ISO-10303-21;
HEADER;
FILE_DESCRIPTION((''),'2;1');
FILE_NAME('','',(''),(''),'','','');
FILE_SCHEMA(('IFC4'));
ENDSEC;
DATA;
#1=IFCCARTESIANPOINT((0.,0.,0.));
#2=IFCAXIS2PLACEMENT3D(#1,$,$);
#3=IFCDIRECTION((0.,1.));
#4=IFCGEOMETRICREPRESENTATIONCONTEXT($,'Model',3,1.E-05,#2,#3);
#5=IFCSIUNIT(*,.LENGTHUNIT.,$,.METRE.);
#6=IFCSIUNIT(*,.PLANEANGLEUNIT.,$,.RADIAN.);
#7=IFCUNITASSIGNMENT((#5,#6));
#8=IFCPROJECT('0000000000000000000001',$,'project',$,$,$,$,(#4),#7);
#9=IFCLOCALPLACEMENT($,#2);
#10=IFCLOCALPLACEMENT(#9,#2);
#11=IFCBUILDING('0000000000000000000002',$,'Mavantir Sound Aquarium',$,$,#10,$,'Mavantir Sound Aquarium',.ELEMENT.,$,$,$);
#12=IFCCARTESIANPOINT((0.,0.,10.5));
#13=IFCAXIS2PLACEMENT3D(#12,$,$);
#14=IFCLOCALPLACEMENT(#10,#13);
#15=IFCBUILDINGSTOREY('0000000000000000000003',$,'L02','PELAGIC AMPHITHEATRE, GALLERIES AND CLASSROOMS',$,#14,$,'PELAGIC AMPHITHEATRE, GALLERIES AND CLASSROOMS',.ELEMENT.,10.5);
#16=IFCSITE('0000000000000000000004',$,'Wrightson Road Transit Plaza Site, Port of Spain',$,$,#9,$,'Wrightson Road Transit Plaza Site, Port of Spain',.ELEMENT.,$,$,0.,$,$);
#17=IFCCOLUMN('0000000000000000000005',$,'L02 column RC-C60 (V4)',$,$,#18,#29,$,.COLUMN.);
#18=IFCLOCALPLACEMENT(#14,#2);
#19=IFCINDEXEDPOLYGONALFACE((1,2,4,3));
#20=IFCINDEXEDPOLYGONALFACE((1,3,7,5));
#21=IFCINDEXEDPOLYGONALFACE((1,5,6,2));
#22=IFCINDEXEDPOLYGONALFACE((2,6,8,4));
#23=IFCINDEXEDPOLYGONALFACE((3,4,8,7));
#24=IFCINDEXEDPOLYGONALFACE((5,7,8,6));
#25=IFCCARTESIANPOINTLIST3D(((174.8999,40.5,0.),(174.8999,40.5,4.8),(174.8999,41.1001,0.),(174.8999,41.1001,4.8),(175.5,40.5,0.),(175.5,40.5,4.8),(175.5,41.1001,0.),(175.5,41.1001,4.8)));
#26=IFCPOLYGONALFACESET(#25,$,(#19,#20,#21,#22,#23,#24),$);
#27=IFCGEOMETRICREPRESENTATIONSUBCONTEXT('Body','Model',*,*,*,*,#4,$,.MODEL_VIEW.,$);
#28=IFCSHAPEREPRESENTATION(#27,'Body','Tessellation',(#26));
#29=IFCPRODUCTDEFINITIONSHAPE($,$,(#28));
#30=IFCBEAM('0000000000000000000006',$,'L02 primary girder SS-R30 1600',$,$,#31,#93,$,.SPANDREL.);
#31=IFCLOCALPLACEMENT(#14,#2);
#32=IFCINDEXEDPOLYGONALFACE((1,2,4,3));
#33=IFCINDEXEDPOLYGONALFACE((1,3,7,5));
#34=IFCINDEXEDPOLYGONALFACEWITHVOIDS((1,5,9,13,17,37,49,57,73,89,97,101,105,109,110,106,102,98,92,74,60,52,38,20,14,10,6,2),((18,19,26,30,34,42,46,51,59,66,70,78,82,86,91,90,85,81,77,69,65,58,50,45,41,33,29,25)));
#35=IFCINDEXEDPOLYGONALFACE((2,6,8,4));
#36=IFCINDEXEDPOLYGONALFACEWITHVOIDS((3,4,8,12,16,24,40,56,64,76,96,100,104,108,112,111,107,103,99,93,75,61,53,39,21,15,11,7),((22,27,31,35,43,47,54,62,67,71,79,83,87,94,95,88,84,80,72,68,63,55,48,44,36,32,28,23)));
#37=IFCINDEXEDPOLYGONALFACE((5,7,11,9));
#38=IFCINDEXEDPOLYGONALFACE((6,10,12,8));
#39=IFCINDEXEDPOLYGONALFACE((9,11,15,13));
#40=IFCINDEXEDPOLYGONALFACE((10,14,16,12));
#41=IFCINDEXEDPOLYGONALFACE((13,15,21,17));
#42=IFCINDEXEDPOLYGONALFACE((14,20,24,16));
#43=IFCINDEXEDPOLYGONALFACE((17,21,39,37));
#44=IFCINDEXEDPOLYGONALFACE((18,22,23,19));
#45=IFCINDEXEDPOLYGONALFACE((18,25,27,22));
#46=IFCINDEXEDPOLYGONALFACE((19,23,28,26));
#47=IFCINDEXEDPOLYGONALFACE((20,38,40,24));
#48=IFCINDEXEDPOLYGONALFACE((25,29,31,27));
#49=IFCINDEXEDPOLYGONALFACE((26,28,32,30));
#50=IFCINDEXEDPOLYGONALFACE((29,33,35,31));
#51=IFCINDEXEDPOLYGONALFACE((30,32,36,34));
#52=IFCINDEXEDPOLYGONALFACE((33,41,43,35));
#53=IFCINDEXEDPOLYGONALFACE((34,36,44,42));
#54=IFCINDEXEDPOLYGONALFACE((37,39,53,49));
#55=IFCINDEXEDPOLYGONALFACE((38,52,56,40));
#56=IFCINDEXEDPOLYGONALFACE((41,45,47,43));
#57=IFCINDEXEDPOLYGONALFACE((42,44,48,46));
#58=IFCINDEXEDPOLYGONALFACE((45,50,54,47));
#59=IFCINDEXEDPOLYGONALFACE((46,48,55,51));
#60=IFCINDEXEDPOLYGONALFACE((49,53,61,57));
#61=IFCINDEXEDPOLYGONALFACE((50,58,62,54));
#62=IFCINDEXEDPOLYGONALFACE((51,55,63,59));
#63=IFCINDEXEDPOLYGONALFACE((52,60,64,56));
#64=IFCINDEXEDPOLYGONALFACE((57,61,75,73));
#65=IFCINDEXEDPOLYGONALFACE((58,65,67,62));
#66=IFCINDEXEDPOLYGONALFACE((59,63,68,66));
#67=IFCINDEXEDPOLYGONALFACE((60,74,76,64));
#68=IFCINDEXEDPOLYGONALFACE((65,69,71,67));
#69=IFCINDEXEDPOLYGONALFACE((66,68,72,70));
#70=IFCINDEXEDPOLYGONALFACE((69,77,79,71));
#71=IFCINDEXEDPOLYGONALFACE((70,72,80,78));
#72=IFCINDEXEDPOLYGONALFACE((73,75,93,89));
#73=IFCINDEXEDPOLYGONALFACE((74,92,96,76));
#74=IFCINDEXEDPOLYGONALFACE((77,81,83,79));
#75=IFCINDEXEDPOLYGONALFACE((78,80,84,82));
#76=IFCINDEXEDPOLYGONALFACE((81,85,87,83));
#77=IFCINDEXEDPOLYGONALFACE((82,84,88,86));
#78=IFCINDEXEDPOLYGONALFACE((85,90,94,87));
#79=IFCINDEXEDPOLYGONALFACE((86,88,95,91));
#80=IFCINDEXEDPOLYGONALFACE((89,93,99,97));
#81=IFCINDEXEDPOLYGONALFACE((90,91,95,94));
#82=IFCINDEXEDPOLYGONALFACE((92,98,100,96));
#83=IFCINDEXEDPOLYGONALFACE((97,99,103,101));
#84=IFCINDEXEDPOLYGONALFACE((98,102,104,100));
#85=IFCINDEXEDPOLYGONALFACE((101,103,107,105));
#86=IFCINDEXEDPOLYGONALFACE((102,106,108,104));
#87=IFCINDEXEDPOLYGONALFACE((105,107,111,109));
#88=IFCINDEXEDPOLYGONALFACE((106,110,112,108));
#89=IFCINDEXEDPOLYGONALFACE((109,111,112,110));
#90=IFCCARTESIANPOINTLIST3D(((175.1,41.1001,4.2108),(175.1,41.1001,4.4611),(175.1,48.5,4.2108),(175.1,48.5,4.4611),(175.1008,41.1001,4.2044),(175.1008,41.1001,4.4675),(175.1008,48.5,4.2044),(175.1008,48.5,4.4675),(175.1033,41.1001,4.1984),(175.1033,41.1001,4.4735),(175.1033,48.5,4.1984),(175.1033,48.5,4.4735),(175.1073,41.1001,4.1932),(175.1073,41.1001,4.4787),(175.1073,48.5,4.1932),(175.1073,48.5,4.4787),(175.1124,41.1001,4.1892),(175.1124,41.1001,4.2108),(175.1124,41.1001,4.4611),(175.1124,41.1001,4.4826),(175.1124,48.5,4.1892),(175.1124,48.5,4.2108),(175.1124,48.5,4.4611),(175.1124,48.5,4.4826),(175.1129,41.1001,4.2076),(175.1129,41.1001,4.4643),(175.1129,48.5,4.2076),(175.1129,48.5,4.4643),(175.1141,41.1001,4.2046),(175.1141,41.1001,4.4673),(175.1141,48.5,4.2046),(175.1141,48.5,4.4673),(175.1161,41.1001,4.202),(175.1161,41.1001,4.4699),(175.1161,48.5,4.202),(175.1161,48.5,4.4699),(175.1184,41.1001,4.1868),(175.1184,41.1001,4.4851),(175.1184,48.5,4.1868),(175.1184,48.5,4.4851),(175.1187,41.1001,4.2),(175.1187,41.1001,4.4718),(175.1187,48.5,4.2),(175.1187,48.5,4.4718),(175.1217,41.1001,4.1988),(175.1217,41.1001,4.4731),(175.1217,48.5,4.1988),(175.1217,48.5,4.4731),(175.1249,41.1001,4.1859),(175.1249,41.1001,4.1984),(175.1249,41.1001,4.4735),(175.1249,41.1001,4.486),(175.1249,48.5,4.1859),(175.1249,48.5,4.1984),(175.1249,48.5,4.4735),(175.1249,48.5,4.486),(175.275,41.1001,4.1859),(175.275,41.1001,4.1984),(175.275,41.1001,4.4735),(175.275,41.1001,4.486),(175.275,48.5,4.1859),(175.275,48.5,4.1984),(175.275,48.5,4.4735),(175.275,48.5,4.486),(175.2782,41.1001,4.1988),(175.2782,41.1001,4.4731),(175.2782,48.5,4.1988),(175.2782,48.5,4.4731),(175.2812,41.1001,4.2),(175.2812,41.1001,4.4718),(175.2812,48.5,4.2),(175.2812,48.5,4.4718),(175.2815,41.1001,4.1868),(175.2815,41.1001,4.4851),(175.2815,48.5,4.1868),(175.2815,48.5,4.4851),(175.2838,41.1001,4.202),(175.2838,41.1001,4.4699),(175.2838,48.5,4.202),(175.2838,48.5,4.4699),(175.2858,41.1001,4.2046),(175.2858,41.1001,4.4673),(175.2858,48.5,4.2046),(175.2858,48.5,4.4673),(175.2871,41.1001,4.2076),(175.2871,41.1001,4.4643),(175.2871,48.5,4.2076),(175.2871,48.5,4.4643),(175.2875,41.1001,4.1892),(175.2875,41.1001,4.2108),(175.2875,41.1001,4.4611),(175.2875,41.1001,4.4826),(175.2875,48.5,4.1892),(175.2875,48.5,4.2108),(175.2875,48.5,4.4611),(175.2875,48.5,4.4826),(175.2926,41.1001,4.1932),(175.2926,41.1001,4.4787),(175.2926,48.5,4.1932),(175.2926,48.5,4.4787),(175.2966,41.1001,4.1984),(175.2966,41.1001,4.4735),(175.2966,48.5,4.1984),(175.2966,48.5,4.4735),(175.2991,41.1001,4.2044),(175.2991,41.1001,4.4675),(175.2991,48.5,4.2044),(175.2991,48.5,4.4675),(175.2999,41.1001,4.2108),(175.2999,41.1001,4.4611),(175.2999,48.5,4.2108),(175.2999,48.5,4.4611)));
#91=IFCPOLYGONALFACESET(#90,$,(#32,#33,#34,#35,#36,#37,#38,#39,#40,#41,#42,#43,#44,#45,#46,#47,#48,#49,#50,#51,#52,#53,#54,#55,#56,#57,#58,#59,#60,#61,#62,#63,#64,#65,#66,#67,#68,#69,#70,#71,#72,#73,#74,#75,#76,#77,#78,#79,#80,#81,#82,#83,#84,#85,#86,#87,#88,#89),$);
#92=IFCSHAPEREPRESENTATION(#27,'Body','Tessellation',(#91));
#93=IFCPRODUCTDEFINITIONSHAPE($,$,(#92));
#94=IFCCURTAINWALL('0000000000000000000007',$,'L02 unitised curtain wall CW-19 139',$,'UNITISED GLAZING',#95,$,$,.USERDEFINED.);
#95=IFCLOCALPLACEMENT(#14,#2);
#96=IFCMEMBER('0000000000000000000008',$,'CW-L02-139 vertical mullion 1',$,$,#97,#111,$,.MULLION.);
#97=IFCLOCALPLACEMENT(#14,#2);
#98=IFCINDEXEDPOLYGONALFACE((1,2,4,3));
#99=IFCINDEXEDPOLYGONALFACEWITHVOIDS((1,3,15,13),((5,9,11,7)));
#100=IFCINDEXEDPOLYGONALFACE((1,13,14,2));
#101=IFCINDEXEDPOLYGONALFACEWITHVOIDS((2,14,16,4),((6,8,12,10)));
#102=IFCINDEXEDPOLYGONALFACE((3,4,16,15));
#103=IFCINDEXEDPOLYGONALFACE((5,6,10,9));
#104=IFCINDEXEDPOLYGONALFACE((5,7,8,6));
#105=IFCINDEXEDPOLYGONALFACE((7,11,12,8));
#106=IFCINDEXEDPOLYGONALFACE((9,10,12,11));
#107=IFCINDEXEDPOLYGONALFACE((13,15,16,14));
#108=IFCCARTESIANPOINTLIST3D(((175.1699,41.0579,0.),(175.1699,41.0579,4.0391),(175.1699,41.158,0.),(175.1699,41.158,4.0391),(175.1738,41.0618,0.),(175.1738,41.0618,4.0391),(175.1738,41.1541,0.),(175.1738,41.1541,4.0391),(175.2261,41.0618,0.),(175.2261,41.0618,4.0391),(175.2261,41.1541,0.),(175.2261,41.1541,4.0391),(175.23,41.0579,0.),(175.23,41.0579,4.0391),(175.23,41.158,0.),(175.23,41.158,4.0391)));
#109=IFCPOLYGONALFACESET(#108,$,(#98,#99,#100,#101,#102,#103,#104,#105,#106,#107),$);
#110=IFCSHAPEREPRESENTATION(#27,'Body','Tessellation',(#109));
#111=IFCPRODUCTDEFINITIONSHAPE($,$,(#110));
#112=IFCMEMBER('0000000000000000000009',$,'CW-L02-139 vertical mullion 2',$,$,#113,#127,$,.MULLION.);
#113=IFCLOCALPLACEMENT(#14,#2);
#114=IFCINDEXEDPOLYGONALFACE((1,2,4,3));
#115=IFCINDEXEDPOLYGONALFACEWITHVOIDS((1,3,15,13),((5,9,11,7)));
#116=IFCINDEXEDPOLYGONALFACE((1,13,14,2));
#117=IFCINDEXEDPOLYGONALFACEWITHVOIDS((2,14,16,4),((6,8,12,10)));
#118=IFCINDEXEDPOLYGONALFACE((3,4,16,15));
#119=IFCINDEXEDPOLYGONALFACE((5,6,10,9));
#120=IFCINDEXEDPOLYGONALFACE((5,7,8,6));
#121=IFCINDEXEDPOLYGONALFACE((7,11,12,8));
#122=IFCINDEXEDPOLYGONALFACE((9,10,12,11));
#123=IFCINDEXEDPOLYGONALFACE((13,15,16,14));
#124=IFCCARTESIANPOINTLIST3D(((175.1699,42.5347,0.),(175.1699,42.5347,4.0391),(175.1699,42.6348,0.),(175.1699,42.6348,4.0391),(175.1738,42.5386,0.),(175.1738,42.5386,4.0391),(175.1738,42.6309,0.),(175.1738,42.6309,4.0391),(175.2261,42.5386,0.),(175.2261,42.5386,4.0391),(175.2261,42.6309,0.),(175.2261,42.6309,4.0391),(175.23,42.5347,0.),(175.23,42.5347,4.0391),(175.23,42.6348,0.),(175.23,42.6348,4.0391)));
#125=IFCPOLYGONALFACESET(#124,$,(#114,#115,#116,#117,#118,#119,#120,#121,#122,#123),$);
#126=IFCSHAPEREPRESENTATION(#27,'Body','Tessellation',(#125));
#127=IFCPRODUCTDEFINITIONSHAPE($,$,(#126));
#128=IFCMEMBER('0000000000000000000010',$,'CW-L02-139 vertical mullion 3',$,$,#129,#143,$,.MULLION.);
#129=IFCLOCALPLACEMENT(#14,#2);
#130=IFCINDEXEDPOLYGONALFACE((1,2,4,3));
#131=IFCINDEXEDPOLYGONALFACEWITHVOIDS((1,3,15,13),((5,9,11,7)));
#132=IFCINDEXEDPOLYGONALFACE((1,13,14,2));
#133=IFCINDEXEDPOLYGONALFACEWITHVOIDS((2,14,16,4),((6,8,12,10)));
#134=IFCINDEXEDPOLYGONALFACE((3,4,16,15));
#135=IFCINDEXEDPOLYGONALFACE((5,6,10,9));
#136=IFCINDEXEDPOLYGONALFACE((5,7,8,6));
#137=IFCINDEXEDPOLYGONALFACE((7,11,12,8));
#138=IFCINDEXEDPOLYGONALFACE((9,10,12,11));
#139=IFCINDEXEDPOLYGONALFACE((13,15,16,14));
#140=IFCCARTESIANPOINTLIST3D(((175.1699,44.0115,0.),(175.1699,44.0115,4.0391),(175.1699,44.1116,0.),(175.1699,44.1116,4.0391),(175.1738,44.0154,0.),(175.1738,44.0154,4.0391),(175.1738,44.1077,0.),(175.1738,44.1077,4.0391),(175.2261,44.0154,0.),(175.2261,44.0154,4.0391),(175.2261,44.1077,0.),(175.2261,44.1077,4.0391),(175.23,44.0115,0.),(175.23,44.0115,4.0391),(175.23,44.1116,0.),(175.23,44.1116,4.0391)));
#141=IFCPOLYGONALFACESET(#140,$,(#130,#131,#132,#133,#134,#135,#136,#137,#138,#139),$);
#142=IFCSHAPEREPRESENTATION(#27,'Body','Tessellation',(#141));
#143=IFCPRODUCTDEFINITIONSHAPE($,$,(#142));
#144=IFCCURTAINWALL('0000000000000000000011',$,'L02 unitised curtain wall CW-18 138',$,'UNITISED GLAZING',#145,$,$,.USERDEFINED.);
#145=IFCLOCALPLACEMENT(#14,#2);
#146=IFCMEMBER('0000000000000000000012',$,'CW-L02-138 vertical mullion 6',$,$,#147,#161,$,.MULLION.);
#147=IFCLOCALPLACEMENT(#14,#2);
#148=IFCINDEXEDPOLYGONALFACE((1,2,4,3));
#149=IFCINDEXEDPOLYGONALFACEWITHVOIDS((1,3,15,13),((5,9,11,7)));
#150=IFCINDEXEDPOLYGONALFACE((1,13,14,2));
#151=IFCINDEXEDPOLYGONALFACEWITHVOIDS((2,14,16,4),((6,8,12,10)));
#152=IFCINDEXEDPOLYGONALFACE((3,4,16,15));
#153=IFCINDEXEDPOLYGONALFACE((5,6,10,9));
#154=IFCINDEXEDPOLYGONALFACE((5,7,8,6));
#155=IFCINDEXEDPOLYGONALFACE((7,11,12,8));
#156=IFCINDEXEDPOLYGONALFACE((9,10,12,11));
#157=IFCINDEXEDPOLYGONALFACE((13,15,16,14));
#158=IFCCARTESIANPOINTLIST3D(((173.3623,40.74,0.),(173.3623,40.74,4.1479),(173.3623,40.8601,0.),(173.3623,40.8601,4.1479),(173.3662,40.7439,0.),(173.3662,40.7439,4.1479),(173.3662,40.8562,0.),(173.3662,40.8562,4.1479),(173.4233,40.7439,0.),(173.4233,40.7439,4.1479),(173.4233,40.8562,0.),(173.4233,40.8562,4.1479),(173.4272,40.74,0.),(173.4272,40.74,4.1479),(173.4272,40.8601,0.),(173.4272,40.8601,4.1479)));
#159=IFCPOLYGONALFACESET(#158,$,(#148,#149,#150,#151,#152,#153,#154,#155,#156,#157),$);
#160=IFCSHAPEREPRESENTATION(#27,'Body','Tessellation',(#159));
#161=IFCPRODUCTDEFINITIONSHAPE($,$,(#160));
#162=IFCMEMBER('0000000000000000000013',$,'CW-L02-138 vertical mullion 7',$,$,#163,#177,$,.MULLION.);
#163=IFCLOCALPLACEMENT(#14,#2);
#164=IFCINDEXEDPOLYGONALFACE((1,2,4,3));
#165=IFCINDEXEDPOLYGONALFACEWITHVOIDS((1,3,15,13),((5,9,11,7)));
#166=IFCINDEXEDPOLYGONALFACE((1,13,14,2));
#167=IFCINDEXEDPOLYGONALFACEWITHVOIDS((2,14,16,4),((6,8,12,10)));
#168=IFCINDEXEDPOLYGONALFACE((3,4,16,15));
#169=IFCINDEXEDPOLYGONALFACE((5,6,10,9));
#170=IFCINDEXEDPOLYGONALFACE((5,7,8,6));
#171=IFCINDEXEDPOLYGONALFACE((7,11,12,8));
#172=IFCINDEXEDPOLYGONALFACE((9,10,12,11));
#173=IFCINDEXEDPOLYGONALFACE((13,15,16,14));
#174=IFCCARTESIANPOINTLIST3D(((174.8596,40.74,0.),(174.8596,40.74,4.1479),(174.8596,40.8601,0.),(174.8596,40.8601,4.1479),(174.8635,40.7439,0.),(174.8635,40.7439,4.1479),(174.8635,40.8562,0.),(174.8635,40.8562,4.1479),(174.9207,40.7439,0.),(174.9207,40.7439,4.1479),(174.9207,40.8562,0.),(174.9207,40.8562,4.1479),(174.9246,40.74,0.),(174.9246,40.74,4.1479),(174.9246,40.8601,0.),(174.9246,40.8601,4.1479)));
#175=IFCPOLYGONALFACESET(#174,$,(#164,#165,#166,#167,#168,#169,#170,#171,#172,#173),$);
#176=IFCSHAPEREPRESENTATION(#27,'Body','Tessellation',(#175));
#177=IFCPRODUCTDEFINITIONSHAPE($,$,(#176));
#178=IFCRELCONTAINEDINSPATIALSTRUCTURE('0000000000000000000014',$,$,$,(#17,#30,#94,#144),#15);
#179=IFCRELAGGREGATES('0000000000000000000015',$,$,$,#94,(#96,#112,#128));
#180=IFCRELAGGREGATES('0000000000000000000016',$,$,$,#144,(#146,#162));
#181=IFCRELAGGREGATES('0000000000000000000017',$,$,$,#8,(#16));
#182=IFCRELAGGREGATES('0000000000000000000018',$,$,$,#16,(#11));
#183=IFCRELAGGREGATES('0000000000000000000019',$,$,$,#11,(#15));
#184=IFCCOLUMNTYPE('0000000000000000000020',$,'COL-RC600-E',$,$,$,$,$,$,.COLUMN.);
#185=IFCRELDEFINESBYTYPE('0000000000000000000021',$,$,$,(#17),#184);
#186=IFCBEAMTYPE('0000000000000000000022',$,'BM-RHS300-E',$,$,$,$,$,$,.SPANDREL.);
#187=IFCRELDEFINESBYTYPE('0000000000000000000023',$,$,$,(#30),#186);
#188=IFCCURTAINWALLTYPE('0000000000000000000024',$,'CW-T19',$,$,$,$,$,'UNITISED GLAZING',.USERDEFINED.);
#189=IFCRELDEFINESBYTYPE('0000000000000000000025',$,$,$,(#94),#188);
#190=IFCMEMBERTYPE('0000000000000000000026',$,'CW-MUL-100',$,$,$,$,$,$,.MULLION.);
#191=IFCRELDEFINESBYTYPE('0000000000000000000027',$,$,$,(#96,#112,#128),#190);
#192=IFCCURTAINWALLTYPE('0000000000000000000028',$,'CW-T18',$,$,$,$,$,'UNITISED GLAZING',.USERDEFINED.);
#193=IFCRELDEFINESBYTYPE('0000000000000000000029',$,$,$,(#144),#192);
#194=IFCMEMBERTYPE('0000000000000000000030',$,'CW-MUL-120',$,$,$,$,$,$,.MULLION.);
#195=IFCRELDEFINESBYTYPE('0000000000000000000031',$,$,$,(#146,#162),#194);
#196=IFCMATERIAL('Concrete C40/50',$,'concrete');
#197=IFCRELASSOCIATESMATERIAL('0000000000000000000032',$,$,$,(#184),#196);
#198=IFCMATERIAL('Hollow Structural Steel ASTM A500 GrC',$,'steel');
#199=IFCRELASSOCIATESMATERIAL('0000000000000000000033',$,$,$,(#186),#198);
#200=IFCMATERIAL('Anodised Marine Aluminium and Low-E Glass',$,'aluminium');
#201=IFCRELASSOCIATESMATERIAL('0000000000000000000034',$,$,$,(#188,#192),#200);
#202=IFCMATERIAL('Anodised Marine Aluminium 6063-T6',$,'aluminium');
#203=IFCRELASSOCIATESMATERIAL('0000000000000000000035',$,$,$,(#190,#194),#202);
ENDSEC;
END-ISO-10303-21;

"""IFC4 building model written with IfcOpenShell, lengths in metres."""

from ifc_helpers import new_model, si_unit, direction, frame, origin, origin_2d, place, context, subcontext, project, spatial, rectangle, hollow_rectangle, extrude, material, material_profile, profile_set, type_object, element, aggregate, save


model = new_model("IFC4")

# Units and contexts
model_context = context("Model", 3, precision=1e-05, world=origin(), true_north=direction((0.0, 1.0)))
body_context = subcontext(model_context, "Body", "Model", "MODEL_VIEW")
ifc_project = project(units=[si_unit("LENGTHUNIT", "METRE"), si_unit("PLANEANGLEUNIT", "RADIAN")], contexts=[model_context])

# Site, building, storey
site_placement = place(None, origin())
site = spatial("IfcSite", under=ifc_project, at=site_placement, Name="Wrightson Road Transit Plaza Site, Port of Spain", LongName="Wrightson Road Transit Plaza Site, Port of Spain", CompositionType="ELEMENT", RefElevation=0.0)
building_placement = place(site_placement, origin())
building = spatial("IfcBuilding", under=site, at=building_placement, Name="Mavantir Sound Aquarium", LongName="Mavantir Sound Aquarium", CompositionType="ELEMENT")
storey_placement = place(building_placement, frame((0.0, 0.0, 10.5)))
storey = spatial("IfcBuildingStorey", under=building, at=storey_placement, Name="L02", Description="PELAGIC AMPHITHEATRE, GALLERIES AND CLASSROOMS", LongName="PELAGIC AMPHITHEATRE, GALLERIES AND CLASSROOMS", CompositionType="ELEMENT", Elevation=10.5)

# Column
ifc_material_1 = material(Name="Concrete C40/50", Category="concrete")
ifc_material_profile_1 = material_profile(ifc_material_1, rectangle(XDim=0.6001, YDim=0.6001, at=origin_2d()), Name="RC 600X600")
ifc_profile_set_1 = profile_set([ifc_material_profile_1], Name="Concrete C40/50")
column_type = type_object("IfcColumnType", Name="COL-RC600-E", PredefinedType="COLUMN", material=ifc_profile_set_1)
column_placement = place(storey_placement, frame((175.2, 40.8, 0.0), z_axis=(0.0, 0.0, 1.0), x_axis=(1.0, 0.0, 0.0)))
element("IfcColumn", 1, at=column_placement, inside=storey, type_object=column_type, Name="L02 column RC-C60 (V4)", PredefinedType="COLUMN", context=body_context, shape_type="SweptSolid", body=[
    extrude(rectangle(XDim=0.6001, YDim=0.6001, at=origin_2d()), origin(), (0.0, 0.0, 1.0), 4.8),
])

# Beam
ifc_material_2 = material(Name="Hollow Structural Steel ASTM A500 GrC", Category="steel")
ifc_material_profile_2 = material_profile(ifc_material_2, hollow_rectangle(XDim=0.2, YDim=0.3, WallThickness=0.0125, InnerFilletRadius=0.0125, OuterFilletRadius=0.0249, at=origin_2d()), Name="RHS 300X200X12.5")
ifc_profile_set_2 = profile_set([ifc_material_profile_2], Name="Hollow Structural Steel ASTM A500 GrC")
beam_type = type_object("IfcBeamType", Name="BM-RHS300-E", PredefinedType="SPANDREL", material=ifc_profile_set_2)
beam_placement = place(storey_placement, frame((175.2, 41.1001, 4.3359), z_axis=(0.0, 1.0, 0.0), x_axis=(-1.0, 0.0, 0.0)))
element("IfcBeam", 2, at=beam_placement, inside=storey, type_object=beam_type, Name="L02 primary girder SS-R30 1600", PredefinedType="SPANDREL", context=body_context, shape_type="SweptSolid", body=[
    extrude(hollow_rectangle(XDim=0.2, YDim=0.3, WallThickness=0.0125, InnerFilletRadius=0.0125, OuterFilletRadius=0.0249, at=origin_2d()), origin(), (0.0, 0.0, 1.0), 7.3999),
])

# Curtain walls, members
ifc_material_3 = material(Name="Anodised Marine Aluminium and Low-E Glass", Category="aluminium")
curtain_wall_type_1 = type_object("IfcCurtainWallType", Name="CW-T19", ElementType="UNITISED GLAZING", PredefinedType="USERDEFINED", material=ifc_material_3)
curtain_wall_1_placement = place(storey_placement, origin())
curtain_wall_1 = element("IfcCurtainWall", 3, at=curtain_wall_1_placement, inside=storey, type_object=curtain_wall_type_1, Name="L02 unitised curtain wall CW-19 139", ObjectType="UNITISED GLAZING", PredefinedType="USERDEFINED")
ifc_material_4 = material(Name="Anodised Marine Aluminium 6063-T6", Category="aluminium")
ifc_material_profile_3 = material_profile(ifc_material_4, hollow_rectangle(XDim=0.0601, YDim=0.1001, WallThickness=0.0039, at=origin_2d()), Name="ALU-MULLION-100X60")
ifc_profile_set_3 = profile_set([ifc_material_profile_3], Name="Anodised Marine Aluminium 6063-T6")
member_type_1 = type_object("IfcMemberType", Name="CW-MUL-100", PredefinedType="MULLION", material=ifc_profile_set_3)
member_1_placement = place(storey_placement, frame((175.2, 41.1079, 0.0), z_axis=(0.0, 0.0, 1.0), x_axis=(1.0, 0.0, 0.0)))
member_1 = element("IfcMember", 4, at=member_1_placement, type_object=member_type_1, Name="CW-L02-139 vertical mullion 1", PredefinedType="MULLION", context=body_context, shape_type="SweptSolid", body=[
    extrude(hollow_rectangle(XDim=0.0601, YDim=0.1001, WallThickness=0.0039, at=origin_2d()), origin(), (0.0, 0.0, 1.0), 4.0391),
])
member_2_placement = place(storey_placement, frame((175.2, 42.5847, 0.0), z_axis=(0.0, 0.0, 1.0), x_axis=(1.0, 0.0, 0.0)))
member_2 = element("IfcMember", 5, at=member_2_placement, type_object=member_type_1, Name="CW-L02-139 vertical mullion 2", PredefinedType="MULLION", context=body_context, shape_type="SweptSolid", body=[
    extrude(hollow_rectangle(XDim=0.0601, YDim=0.1001, WallThickness=0.0039, at=origin_2d()), origin(), (0.0, 0.0, 1.0), 4.0391),
])
member_3_placement = place(storey_placement, frame((175.2, 44.0615, 0.0), z_axis=(0.0, 0.0, 1.0), x_axis=(1.0, 0.0, 0.0)))
member_3 = element("IfcMember", 6, at=member_3_placement, type_object=member_type_1, Name="CW-L02-139 vertical mullion 3", PredefinedType="MULLION", context=body_context, shape_type="SweptSolid", body=[
    extrude(hollow_rectangle(XDim=0.0601, YDim=0.1001, WallThickness=0.0039, at=origin_2d()), origin(), (0.0, 0.0, 1.0), 4.0391),
])
curtain_wall_type_2 = type_object("IfcCurtainWallType", Name="CW-T18", ElementType="UNITISED GLAZING", PredefinedType="USERDEFINED", material=ifc_material_3)
curtain_wall_2_placement = place(storey_placement, origin())
curtain_wall_2 = element("IfcCurtainWall", 7, at=curtain_wall_2_placement, inside=storey, type_object=curtain_wall_type_2, Name="L02 unitised curtain wall CW-18 138", ObjectType="UNITISED GLAZING", PredefinedType="USERDEFINED")
ifc_material_profile_4 = material_profile(ifc_material_4, hollow_rectangle(XDim=0.0649, YDim=0.1201, WallThickness=0.0039, at=origin_2d()), Name="ALU-MULLION-120X65")
ifc_profile_set_4 = profile_set([ifc_material_profile_4], Name="Anodised Marine Aluminium 6063-T6")
member_type_2 = type_object("IfcMemberType", Name="CW-MUL-120", PredefinedType="MULLION", material=ifc_profile_set_4)
member_4_placement = place(storey_placement, frame((173.3948, 40.8, 0.0), z_axis=(0.0, 0.0, 1.0), x_axis=(1.0, 0.0, 0.0)))
member_4 = element("IfcMember", 8, at=member_4_placement, type_object=member_type_2, Name="CW-L02-138 vertical mullion 6", PredefinedType="MULLION", context=body_context, shape_type="SweptSolid", body=[
    extrude(hollow_rectangle(XDim=0.0649, YDim=0.1201, WallThickness=0.0039, at=origin_2d()), origin(), (0.0, 0.0, 1.0), 4.1479),
])
member_5_placement = place(storey_placement, frame((174.8921, 40.8, 0.0), z_axis=(0.0, 0.0, 1.0), x_axis=(1.0, 0.0, 0.0)))
member_5 = element("IfcMember", 9, at=member_5_placement, type_object=member_type_2, Name="CW-L02-138 vertical mullion 7", PredefinedType="MULLION", context=body_context, shape_type="SweptSolid", body=[
    extrude(hollow_rectangle(XDim=0.0649, YDim=0.1201, WallThickness=0.0039, at=origin_2d()), origin(), (0.0, 0.0, 1.0), 4.1479),
])

aggregate(curtain_wall_1, [member_1, member_2, member_3])
aggregate(curtain_wall_2, [member_4, member_5])

save(model, "model.ifc")
